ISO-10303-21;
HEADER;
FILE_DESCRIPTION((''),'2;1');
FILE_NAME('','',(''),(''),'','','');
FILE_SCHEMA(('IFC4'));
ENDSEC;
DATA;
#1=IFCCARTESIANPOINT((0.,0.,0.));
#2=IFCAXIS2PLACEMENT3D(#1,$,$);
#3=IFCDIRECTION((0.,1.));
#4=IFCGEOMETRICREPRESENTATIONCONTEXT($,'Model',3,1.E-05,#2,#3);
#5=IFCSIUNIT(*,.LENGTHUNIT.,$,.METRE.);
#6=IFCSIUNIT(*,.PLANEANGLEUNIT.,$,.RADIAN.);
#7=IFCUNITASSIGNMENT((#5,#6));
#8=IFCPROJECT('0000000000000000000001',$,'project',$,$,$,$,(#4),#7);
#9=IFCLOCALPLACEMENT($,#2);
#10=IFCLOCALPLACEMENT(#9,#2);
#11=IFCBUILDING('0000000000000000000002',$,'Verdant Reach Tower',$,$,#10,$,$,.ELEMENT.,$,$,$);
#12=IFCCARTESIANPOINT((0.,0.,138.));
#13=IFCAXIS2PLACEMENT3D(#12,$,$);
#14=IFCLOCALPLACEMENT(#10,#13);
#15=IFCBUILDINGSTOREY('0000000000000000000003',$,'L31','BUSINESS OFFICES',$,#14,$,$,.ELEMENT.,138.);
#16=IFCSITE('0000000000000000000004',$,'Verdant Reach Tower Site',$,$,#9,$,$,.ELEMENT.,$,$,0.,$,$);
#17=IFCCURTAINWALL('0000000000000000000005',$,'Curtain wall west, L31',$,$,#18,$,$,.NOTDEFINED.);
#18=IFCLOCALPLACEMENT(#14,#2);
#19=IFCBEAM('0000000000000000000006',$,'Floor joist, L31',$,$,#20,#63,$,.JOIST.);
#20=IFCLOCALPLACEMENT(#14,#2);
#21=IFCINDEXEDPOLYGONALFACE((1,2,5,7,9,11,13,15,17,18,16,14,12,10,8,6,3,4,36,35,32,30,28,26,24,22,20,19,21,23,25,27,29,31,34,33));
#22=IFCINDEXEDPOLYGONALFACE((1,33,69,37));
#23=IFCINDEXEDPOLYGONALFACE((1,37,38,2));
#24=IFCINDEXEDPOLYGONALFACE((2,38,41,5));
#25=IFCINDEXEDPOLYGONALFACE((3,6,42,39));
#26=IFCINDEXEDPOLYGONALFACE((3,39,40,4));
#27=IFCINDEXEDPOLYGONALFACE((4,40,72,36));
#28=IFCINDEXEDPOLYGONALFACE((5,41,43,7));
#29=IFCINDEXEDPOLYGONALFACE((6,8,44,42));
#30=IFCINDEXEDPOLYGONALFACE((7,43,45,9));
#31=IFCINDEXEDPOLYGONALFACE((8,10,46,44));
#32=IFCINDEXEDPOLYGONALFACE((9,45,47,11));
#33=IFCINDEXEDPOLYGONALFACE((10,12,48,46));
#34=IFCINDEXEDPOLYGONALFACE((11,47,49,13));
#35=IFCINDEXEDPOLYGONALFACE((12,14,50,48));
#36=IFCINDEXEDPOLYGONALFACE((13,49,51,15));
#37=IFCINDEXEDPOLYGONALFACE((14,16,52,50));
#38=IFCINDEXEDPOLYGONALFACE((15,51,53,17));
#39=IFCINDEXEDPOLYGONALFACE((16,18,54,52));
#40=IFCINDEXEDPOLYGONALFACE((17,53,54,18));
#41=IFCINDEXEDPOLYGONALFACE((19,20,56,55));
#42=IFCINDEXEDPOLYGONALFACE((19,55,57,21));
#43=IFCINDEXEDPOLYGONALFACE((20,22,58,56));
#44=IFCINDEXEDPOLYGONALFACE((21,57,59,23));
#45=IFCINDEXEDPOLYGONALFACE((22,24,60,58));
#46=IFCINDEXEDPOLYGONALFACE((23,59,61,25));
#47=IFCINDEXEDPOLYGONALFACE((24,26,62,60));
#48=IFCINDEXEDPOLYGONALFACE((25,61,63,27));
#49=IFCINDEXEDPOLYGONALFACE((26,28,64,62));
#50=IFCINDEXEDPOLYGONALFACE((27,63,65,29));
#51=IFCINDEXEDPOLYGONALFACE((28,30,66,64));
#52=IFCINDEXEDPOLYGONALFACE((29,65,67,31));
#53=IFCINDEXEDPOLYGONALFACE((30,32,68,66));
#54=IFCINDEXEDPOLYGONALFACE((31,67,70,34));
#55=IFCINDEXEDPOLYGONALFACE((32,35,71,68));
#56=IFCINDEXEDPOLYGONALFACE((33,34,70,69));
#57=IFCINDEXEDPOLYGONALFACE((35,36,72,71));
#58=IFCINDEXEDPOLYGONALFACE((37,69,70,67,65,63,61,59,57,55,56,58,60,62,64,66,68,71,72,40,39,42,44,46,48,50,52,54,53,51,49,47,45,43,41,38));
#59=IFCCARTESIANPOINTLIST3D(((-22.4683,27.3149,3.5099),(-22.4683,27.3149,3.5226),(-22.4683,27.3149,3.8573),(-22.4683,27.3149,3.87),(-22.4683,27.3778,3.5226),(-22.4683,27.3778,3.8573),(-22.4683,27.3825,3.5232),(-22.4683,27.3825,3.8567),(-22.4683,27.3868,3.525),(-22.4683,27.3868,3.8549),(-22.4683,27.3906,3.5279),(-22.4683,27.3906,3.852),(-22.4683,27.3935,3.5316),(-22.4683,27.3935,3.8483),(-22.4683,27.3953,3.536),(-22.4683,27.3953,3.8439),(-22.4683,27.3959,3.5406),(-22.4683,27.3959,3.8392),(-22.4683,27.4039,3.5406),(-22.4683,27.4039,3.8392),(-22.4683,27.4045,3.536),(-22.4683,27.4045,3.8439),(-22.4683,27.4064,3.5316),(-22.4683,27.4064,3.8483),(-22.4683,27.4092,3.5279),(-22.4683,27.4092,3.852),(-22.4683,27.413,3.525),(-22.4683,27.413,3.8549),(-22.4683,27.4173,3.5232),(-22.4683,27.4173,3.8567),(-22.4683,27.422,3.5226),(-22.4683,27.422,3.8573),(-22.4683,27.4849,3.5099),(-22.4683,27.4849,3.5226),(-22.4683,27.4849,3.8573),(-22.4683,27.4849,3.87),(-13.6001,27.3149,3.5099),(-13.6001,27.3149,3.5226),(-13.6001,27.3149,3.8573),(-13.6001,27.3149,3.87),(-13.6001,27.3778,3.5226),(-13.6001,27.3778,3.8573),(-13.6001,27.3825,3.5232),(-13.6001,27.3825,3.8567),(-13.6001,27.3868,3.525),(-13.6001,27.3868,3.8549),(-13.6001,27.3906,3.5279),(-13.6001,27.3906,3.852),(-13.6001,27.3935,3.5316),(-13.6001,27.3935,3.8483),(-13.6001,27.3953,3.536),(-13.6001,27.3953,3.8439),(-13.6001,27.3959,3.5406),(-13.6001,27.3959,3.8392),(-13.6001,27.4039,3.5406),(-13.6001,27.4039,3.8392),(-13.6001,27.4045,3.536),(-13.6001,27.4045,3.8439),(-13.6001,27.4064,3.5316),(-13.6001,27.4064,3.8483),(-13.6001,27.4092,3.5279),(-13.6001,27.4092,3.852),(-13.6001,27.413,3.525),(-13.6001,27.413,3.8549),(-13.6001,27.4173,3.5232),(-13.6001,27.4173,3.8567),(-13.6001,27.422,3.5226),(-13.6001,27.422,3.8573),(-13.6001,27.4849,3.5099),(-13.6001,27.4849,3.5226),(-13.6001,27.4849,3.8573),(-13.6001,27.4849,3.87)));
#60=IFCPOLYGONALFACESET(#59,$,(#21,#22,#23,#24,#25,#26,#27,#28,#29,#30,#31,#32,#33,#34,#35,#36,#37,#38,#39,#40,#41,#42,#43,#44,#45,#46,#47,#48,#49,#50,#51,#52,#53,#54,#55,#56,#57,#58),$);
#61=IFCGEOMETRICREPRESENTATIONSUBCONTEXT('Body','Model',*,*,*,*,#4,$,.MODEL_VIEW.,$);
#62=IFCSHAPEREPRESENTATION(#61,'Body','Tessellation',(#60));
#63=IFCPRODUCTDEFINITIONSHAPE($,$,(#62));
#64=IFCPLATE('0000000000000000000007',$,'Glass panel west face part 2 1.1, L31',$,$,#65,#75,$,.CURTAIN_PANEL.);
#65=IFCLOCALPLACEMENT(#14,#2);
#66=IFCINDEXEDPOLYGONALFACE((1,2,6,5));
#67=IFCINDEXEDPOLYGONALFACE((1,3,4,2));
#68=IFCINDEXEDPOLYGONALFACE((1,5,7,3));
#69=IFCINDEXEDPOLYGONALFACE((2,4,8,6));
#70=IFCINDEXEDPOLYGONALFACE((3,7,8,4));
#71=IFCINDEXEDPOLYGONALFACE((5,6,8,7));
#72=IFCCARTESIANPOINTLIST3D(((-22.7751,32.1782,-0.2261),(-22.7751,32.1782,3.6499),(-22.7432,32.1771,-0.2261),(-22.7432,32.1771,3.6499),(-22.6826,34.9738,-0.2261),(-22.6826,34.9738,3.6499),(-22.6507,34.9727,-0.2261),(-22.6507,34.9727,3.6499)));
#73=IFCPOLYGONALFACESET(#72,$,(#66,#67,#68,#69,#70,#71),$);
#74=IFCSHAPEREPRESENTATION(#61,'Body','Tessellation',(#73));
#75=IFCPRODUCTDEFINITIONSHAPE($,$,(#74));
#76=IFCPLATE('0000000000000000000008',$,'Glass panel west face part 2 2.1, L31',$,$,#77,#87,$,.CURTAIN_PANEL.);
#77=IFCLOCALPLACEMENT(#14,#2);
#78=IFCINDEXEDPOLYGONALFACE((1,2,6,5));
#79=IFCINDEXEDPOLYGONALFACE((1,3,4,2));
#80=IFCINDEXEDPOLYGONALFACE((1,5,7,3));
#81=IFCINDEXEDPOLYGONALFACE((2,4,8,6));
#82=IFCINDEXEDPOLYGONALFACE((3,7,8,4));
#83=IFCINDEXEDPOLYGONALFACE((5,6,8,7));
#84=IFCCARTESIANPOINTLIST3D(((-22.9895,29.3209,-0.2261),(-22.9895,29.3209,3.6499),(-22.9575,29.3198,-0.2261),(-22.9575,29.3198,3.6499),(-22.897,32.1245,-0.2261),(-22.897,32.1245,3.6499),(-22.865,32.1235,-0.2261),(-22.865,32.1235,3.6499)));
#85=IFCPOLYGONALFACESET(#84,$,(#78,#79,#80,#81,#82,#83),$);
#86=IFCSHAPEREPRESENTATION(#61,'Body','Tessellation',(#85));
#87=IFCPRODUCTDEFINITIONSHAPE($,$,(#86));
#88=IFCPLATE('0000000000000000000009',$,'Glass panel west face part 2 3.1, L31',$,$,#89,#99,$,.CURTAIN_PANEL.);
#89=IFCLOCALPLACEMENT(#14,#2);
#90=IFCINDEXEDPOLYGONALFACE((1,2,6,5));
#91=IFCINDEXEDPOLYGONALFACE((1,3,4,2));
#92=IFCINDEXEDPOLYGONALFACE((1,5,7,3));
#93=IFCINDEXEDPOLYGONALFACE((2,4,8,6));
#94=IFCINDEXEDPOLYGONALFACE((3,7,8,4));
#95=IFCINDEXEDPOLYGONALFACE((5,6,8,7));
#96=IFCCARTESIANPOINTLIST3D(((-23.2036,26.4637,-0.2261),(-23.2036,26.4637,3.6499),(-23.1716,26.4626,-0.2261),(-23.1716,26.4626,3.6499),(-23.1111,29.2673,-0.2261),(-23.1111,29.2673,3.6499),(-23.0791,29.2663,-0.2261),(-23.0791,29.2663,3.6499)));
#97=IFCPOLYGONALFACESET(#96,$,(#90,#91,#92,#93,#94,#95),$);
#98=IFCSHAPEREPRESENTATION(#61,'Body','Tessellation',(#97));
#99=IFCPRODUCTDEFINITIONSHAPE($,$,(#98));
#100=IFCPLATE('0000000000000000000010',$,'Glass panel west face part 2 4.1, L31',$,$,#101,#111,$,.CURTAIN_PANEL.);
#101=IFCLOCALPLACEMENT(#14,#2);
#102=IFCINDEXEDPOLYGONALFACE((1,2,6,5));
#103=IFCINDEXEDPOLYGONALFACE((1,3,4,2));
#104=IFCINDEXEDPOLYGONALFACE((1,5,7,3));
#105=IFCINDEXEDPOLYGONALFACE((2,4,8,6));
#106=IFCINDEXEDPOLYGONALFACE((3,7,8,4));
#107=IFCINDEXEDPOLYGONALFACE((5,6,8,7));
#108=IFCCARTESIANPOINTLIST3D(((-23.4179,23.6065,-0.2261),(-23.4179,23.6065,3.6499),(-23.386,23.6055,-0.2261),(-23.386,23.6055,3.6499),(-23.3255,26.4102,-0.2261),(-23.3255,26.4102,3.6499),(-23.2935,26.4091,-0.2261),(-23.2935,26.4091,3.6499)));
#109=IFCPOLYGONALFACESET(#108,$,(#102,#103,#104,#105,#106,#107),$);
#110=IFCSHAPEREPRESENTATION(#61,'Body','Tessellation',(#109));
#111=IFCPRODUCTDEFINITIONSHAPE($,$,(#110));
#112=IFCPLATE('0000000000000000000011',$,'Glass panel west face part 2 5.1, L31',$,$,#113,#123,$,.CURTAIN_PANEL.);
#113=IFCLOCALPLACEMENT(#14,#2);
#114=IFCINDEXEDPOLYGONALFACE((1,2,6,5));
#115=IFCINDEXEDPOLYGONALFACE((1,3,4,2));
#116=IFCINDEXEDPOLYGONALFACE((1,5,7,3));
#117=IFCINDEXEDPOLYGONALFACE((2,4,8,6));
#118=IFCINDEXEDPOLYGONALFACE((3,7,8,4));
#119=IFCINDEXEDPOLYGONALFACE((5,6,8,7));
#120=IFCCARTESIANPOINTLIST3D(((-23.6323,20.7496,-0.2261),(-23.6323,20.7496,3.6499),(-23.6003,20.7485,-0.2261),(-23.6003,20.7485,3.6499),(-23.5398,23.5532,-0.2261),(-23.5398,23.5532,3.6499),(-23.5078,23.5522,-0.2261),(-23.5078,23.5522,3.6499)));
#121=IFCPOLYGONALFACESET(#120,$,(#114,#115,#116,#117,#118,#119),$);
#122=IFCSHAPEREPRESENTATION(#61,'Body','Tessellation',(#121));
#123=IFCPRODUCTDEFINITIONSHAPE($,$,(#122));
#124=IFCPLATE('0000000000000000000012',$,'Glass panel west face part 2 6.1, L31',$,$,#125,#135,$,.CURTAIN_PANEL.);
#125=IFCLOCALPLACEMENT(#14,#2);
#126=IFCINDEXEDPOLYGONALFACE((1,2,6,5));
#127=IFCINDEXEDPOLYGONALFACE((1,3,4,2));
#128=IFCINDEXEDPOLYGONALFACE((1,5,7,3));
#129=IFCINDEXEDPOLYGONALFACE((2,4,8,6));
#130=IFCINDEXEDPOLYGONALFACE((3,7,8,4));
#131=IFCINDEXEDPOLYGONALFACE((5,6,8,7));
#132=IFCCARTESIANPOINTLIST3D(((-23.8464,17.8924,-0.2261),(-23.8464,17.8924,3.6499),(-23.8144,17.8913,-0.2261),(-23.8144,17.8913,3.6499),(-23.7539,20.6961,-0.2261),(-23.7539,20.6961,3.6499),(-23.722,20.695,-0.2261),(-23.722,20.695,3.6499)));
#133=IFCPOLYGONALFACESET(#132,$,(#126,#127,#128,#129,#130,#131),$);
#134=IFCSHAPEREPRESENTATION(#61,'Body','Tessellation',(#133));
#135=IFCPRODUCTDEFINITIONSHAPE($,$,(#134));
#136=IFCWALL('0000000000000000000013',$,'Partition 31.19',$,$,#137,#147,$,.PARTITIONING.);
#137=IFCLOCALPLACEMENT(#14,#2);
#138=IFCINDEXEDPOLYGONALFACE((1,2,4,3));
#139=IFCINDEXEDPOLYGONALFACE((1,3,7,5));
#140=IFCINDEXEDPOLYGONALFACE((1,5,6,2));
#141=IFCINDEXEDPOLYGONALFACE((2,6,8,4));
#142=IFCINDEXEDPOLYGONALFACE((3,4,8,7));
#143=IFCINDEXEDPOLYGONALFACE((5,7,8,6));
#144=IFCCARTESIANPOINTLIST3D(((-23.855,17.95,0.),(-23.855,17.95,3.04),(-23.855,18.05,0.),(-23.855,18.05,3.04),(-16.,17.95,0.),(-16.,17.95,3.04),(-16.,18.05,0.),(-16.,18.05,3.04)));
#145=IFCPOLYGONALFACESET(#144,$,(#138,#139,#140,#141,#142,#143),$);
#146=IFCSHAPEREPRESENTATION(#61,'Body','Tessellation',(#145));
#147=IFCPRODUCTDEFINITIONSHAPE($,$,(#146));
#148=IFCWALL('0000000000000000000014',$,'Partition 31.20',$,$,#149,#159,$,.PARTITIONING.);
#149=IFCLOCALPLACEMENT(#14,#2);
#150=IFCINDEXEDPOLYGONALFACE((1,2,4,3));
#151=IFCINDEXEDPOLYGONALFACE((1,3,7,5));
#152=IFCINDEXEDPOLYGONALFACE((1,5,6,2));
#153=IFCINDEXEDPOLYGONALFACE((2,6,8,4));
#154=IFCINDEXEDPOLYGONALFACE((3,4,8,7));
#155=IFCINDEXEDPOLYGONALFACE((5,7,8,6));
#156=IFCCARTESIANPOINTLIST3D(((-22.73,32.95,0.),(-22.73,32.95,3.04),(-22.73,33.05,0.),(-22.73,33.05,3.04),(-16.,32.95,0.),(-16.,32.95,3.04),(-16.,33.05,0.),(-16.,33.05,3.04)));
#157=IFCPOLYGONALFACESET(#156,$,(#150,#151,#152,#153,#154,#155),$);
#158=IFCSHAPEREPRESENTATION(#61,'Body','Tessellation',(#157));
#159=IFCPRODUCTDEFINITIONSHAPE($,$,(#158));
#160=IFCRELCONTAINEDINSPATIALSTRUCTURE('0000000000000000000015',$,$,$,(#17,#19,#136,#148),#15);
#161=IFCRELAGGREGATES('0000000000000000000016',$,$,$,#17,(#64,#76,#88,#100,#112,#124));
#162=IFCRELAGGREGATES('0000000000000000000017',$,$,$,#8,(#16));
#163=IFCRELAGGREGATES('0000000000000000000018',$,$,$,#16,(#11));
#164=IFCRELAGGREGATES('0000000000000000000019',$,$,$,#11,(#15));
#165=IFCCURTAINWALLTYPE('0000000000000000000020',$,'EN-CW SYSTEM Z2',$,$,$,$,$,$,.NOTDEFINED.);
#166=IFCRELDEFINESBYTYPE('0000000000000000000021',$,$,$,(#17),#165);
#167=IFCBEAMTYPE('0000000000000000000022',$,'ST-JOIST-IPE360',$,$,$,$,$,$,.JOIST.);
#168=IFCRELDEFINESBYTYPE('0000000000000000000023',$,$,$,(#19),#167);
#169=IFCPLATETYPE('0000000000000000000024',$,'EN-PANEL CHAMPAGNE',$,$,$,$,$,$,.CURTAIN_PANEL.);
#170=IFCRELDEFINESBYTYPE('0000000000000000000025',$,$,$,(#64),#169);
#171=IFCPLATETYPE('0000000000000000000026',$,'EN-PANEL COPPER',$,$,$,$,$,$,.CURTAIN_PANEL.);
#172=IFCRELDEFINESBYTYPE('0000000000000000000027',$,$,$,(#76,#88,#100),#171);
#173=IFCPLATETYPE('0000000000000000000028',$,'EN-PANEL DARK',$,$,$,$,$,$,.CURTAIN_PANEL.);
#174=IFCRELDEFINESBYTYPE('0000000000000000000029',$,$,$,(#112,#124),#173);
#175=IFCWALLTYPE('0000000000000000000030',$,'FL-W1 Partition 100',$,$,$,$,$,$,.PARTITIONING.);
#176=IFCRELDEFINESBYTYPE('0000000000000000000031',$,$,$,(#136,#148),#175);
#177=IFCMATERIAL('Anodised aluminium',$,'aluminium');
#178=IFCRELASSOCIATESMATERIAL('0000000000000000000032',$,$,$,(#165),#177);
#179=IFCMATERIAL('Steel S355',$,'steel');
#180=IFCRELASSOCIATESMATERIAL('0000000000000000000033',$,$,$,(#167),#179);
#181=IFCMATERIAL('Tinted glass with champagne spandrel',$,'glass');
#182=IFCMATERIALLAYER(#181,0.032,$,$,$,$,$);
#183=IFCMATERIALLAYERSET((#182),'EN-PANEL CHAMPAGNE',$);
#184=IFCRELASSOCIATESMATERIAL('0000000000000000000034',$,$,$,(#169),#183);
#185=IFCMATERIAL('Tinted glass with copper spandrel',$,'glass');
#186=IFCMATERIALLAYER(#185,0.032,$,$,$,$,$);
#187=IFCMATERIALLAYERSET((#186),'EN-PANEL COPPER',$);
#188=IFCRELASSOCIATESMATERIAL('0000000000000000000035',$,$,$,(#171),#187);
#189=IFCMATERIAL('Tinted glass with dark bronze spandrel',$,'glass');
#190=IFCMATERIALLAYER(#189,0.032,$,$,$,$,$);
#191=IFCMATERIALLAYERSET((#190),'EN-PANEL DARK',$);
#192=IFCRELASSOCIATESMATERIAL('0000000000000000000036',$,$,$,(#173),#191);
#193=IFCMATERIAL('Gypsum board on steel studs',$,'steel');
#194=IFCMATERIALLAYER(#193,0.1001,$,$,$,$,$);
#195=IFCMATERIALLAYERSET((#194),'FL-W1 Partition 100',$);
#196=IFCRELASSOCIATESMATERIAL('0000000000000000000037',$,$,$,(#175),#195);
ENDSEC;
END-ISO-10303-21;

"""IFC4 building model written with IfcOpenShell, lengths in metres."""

from ifc_helpers import new_model, si_unit, direction, frame, frame_2d, origin, origin_2d, place, context, subcontext, project, spatial, rectangle, i_section, extrude, material, layer, layer_set, material_profile, profile_set, type_object, element, aggregate, save


model = new_model("IFC4")

# Units and contexts
model_context = context("Model", 3, precision=1e-05, world=origin(), true_north=direction((0.0, 1.0)))
body_context = subcontext(model_context, "Body", "Model", "MODEL_VIEW")
ifc_project = project(units=[si_unit("LENGTHUNIT", "METRE"), si_unit("PLANEANGLEUNIT", "RADIAN")], contexts=[model_context])

# Site, building, storey
site_placement = place(None, origin())
site = spatial("IfcSite", under=ifc_project, at=site_placement, Name="Verdant Reach Tower Site", CompositionType="ELEMENT", RefElevation=0.0)
building_placement = place(site_placement, origin())
building = spatial("IfcBuilding", under=site, at=building_placement, Name="Verdant Reach Tower", CompositionType="ELEMENT")
storey_placement = place(building_placement, frame((0.0, 0.0, 138.0)))
storey = spatial("IfcBuildingStorey", under=building, at=storey_placement, Name="L31", Description="BUSINESS OFFICES", CompositionType="ELEMENT", Elevation=138.0)

# Curtain wall
ifc_material_1 = material(Name="Anodised aluminium", Category="aluminium")
curtain_wall_type = type_object("IfcCurtainWallType", Name="EN-CW SYSTEM Z2", PredefinedType="NOTDEFINED", material=ifc_material_1)
curtain_wall_placement = place(storey_placement, origin())
curtain_wall = element("IfcCurtainWall", 1, at=curtain_wall_placement, inside=storey, type_object=curtain_wall_type, Name="Curtain wall west, L31", PredefinedType="NOTDEFINED")

# Beam
ifc_material_2 = material(Name="Steel S355", Category="steel")
ifc_material_profile_1 = material_profile(ifc_material_2, i_section(OverallWidth=0.1699, OverallDepth=0.3601, WebThickness=0.0081, FlangeThickness=0.0127, FilletRadius=0.0181, at=origin_2d()), Name="IPE 360")
ifc_profile_set_1 = profile_set([ifc_material_profile_1], Name="Steel S355")
beam_type = type_object("IfcBeamType", Name="ST-JOIST-IPE360", PredefinedType="JOIST", material=ifc_profile_set_1)
beam_1_placement = place(storey_placement, frame((-13.6001, 27.3999, 3.6899), z_axis=(-1.0, 0.0, 0.0), x_axis=(0.0, -1.0, 0.0)))
element("IfcBeam", 2, at=beam_1_placement, inside=storey, type_object=beam_type, Name="Floor joist, L31", PredefinedType="JOIST", context=body_context, shape_type="SweptSolid", body=[
    extrude(i_section(OverallWidth=0.1699, OverallDepth=0.3601, WebThickness=0.0081, FlangeThickness=0.0127, FilletRadius=0.0181, at=origin_2d()), origin(), (0.0, 0.0, 1.0), 8.8682),
])

# Plates
ifc_material_3 = material(Name="Tinted glass with champagne spandrel", Category="glass")
ifc_layer_1 = layer(ifc_material_3, 0.032)
ifc_layer_set_1 = layer_set([ifc_layer_1], Name="EN-PANEL CHAMPAGNE")
plate_type_1 = type_object("IfcPlateType", Name="EN-PANEL CHAMPAGNE", PredefinedType="CURTAIN_PANEL", material=ifc_layer_set_1)
plate_1_placement = place(storey_placement, frame((-22.7129, 33.5754, -0.2261), z_axis=(0.0, 0.0, 1.0), x_axis=(-0.03307, -0.999453, 0.0)))
plate_1 = element("IfcPlate", 3, at=plate_1_placement, type_object=plate_type_1, Name="Glass panel west face part 2 1.1, L31", PredefinedType="CURTAIN_PANEL", context=body_context, shape_type="SweptSolid", body=[
    extrude(rectangle(XDim=2.7971, YDim=0.032, at=origin_2d()), origin(), (0.0, 0.0, 1.0), 3.876),
])
ifc_material_4 = material(Name="Tinted glass with copper spandrel", Category="glass")
ifc_layer_2 = layer(ifc_material_4, 0.032)
ifc_layer_set_2 = layer_set([ifc_layer_2], Name="EN-PANEL COPPER")
plate_type_2 = type_object("IfcPlateType", Name="EN-PANEL COPPER", PredefinedType="CURTAIN_PANEL", material=ifc_layer_set_2)
plate_2_placement = place(storey_placement, frame((-22.9272, 30.7222, -0.2261), z_axis=(0.0, 0.0, 1.0), x_axis=(-0.032966, -0.999456, 0.0)))
plate_2 = element("IfcPlate", 4, at=plate_2_placement, type_object=plate_type_2, Name="Glass panel west face part 2 2.1, L31", PredefinedType="CURTAIN_PANEL", context=body_context, shape_type="SweptSolid", body=[
    extrude(rectangle(XDim=2.8052, YDim=0.032, at=origin_2d()), origin(), (0.0, 0.0, 1.0), 3.876),
])
plate_3_placement = place(storey_placement, frame((-23.1414, 27.865, -0.2261), z_axis=(0.0, 0.0, 1.0), x_axis=(-0.032966, -0.999456, 0.0)))
plate_3 = element("IfcPlate", 5, at=plate_3_placement, type_object=plate_type_2, Name="Glass panel west face part 2 3.1, L31", PredefinedType="CURTAIN_PANEL", context=body_context, shape_type="SweptSolid", body=[
    extrude(rectangle(XDim=2.8052, YDim=0.032, at=origin_2d()), origin(), (0.0, 0.0, 1.0), 3.876),
])
plate_4_placement = place(storey_placement, frame((-23.3557, 25.0078, -0.2261), z_axis=(0.0, 0.0, 1.0), x_axis=(-0.032966, -0.999456, 0.0)))
plate_4 = element("IfcPlate", 6, at=plate_4_placement, type_object=plate_type_2, Name="Glass panel west face part 2 4.1, L31", PredefinedType="CURTAIN_PANEL", context=body_context, shape_type="SweptSolid", body=[
    extrude(rectangle(XDim=2.8052, YDim=0.032, at=origin_2d()), origin(), (0.0, 0.0, 1.0), 3.876),
])
ifc_material_5 = material(Name="Tinted glass with dark bronze spandrel", Category="glass")
ifc_layer_3 = layer(ifc_material_5, 0.032)
ifc_layer_set_3 = layer_set([ifc_layer_3], Name="EN-PANEL DARK")
plate_type_3 = type_object("IfcPlateType", Name="EN-PANEL DARK", PredefinedType="CURTAIN_PANEL", material=ifc_layer_set_3)
plate_5_placement = place(storey_placement, frame((-23.5701, 22.1509, -0.2261), z_axis=(0.0, 0.0, 1.0), x_axis=(-0.032966, -0.999456, 0.0)))
plate_5 = element("IfcPlate", 7, at=plate_5_placement, type_object=plate_type_3, Name="Glass panel west face part 2 5.1, L31", PredefinedType="CURTAIN_PANEL", context=body_context, shape_type="SweptSolid", body=[
    extrude(rectangle(XDim=2.8052, YDim=0.032, at=origin_2d()), origin(), (0.0, 0.0, 1.0), 3.876),
])
plate_6_placement = place(storey_placement, frame((-23.7842, 19.2937, -0.2261), z_axis=(0.0, 0.0, 1.0), x_axis=(-0.032966, -0.999456, 0.0)))
plate_6 = element("IfcPlate", 8, at=plate_6_placement, type_object=plate_type_3, Name="Glass panel west face part 2 6.1, L31", PredefinedType="CURTAIN_PANEL", context=body_context, shape_type="SweptSolid", body=[
    extrude(rectangle(XDim=2.8052, YDim=0.032, at=origin_2d()), origin(), (0.0, 0.0, 1.0), 3.876),
])
aggregate(curtain_wall, [plate_1, plate_2, plate_3, plate_4, plate_5, plate_6])

# Walls
ifc_material_6 = material(Name="Gypsum board on steel studs", Category="steel")
ifc_layer_4 = layer(ifc_material_6, 0.1001)
ifc_layer_set_4 = layer_set([ifc_layer_4], Name="FL-W1 Partition 100")
wall_type_1 = type_object("IfcWallType", Name="FL-W1 Partition 100", PredefinedType="PARTITIONING", material=ifc_layer_set_4)
wall_1_placement = place(storey_placement, frame((-16.0, 18.0, 0.0), z_axis=(0.0, 0.0, 1.0), x_axis=(-1.0, 0.0, 0.0)))
element("IfcWall", 9, at=wall_1_placement, inside=storey, type_object=wall_type_1, Name="Partition 31.19", PredefinedType="PARTITIONING", context=body_context, shape_type="SweptSolid", body=[
    extrude(rectangle(XDim=7.855, YDim=0.1001, at=frame_2d((3.9275, 0.0))), origin(), (0.0, 0.0, 1.0), 3.04),
])
wall_2_placement = place(storey_placement, frame((-16.0, 33.0, 0.0), z_axis=(0.0, 0.0, 1.0), x_axis=(-1.0, 0.0, 0.0)))
element("IfcWall", 10, at=wall_2_placement, inside=storey, type_object=wall_type_1, Name="Partition 31.20", PredefinedType="PARTITIONING", context=body_context, shape_type="SweptSolid", body=[
    extrude(rectangle(XDim=6.73, YDim=0.1001, at=frame_2d((3.365, 0.0))), origin(), (0.0, 0.0, 1.0), 3.04),
])

save(model, "model.ifc")
